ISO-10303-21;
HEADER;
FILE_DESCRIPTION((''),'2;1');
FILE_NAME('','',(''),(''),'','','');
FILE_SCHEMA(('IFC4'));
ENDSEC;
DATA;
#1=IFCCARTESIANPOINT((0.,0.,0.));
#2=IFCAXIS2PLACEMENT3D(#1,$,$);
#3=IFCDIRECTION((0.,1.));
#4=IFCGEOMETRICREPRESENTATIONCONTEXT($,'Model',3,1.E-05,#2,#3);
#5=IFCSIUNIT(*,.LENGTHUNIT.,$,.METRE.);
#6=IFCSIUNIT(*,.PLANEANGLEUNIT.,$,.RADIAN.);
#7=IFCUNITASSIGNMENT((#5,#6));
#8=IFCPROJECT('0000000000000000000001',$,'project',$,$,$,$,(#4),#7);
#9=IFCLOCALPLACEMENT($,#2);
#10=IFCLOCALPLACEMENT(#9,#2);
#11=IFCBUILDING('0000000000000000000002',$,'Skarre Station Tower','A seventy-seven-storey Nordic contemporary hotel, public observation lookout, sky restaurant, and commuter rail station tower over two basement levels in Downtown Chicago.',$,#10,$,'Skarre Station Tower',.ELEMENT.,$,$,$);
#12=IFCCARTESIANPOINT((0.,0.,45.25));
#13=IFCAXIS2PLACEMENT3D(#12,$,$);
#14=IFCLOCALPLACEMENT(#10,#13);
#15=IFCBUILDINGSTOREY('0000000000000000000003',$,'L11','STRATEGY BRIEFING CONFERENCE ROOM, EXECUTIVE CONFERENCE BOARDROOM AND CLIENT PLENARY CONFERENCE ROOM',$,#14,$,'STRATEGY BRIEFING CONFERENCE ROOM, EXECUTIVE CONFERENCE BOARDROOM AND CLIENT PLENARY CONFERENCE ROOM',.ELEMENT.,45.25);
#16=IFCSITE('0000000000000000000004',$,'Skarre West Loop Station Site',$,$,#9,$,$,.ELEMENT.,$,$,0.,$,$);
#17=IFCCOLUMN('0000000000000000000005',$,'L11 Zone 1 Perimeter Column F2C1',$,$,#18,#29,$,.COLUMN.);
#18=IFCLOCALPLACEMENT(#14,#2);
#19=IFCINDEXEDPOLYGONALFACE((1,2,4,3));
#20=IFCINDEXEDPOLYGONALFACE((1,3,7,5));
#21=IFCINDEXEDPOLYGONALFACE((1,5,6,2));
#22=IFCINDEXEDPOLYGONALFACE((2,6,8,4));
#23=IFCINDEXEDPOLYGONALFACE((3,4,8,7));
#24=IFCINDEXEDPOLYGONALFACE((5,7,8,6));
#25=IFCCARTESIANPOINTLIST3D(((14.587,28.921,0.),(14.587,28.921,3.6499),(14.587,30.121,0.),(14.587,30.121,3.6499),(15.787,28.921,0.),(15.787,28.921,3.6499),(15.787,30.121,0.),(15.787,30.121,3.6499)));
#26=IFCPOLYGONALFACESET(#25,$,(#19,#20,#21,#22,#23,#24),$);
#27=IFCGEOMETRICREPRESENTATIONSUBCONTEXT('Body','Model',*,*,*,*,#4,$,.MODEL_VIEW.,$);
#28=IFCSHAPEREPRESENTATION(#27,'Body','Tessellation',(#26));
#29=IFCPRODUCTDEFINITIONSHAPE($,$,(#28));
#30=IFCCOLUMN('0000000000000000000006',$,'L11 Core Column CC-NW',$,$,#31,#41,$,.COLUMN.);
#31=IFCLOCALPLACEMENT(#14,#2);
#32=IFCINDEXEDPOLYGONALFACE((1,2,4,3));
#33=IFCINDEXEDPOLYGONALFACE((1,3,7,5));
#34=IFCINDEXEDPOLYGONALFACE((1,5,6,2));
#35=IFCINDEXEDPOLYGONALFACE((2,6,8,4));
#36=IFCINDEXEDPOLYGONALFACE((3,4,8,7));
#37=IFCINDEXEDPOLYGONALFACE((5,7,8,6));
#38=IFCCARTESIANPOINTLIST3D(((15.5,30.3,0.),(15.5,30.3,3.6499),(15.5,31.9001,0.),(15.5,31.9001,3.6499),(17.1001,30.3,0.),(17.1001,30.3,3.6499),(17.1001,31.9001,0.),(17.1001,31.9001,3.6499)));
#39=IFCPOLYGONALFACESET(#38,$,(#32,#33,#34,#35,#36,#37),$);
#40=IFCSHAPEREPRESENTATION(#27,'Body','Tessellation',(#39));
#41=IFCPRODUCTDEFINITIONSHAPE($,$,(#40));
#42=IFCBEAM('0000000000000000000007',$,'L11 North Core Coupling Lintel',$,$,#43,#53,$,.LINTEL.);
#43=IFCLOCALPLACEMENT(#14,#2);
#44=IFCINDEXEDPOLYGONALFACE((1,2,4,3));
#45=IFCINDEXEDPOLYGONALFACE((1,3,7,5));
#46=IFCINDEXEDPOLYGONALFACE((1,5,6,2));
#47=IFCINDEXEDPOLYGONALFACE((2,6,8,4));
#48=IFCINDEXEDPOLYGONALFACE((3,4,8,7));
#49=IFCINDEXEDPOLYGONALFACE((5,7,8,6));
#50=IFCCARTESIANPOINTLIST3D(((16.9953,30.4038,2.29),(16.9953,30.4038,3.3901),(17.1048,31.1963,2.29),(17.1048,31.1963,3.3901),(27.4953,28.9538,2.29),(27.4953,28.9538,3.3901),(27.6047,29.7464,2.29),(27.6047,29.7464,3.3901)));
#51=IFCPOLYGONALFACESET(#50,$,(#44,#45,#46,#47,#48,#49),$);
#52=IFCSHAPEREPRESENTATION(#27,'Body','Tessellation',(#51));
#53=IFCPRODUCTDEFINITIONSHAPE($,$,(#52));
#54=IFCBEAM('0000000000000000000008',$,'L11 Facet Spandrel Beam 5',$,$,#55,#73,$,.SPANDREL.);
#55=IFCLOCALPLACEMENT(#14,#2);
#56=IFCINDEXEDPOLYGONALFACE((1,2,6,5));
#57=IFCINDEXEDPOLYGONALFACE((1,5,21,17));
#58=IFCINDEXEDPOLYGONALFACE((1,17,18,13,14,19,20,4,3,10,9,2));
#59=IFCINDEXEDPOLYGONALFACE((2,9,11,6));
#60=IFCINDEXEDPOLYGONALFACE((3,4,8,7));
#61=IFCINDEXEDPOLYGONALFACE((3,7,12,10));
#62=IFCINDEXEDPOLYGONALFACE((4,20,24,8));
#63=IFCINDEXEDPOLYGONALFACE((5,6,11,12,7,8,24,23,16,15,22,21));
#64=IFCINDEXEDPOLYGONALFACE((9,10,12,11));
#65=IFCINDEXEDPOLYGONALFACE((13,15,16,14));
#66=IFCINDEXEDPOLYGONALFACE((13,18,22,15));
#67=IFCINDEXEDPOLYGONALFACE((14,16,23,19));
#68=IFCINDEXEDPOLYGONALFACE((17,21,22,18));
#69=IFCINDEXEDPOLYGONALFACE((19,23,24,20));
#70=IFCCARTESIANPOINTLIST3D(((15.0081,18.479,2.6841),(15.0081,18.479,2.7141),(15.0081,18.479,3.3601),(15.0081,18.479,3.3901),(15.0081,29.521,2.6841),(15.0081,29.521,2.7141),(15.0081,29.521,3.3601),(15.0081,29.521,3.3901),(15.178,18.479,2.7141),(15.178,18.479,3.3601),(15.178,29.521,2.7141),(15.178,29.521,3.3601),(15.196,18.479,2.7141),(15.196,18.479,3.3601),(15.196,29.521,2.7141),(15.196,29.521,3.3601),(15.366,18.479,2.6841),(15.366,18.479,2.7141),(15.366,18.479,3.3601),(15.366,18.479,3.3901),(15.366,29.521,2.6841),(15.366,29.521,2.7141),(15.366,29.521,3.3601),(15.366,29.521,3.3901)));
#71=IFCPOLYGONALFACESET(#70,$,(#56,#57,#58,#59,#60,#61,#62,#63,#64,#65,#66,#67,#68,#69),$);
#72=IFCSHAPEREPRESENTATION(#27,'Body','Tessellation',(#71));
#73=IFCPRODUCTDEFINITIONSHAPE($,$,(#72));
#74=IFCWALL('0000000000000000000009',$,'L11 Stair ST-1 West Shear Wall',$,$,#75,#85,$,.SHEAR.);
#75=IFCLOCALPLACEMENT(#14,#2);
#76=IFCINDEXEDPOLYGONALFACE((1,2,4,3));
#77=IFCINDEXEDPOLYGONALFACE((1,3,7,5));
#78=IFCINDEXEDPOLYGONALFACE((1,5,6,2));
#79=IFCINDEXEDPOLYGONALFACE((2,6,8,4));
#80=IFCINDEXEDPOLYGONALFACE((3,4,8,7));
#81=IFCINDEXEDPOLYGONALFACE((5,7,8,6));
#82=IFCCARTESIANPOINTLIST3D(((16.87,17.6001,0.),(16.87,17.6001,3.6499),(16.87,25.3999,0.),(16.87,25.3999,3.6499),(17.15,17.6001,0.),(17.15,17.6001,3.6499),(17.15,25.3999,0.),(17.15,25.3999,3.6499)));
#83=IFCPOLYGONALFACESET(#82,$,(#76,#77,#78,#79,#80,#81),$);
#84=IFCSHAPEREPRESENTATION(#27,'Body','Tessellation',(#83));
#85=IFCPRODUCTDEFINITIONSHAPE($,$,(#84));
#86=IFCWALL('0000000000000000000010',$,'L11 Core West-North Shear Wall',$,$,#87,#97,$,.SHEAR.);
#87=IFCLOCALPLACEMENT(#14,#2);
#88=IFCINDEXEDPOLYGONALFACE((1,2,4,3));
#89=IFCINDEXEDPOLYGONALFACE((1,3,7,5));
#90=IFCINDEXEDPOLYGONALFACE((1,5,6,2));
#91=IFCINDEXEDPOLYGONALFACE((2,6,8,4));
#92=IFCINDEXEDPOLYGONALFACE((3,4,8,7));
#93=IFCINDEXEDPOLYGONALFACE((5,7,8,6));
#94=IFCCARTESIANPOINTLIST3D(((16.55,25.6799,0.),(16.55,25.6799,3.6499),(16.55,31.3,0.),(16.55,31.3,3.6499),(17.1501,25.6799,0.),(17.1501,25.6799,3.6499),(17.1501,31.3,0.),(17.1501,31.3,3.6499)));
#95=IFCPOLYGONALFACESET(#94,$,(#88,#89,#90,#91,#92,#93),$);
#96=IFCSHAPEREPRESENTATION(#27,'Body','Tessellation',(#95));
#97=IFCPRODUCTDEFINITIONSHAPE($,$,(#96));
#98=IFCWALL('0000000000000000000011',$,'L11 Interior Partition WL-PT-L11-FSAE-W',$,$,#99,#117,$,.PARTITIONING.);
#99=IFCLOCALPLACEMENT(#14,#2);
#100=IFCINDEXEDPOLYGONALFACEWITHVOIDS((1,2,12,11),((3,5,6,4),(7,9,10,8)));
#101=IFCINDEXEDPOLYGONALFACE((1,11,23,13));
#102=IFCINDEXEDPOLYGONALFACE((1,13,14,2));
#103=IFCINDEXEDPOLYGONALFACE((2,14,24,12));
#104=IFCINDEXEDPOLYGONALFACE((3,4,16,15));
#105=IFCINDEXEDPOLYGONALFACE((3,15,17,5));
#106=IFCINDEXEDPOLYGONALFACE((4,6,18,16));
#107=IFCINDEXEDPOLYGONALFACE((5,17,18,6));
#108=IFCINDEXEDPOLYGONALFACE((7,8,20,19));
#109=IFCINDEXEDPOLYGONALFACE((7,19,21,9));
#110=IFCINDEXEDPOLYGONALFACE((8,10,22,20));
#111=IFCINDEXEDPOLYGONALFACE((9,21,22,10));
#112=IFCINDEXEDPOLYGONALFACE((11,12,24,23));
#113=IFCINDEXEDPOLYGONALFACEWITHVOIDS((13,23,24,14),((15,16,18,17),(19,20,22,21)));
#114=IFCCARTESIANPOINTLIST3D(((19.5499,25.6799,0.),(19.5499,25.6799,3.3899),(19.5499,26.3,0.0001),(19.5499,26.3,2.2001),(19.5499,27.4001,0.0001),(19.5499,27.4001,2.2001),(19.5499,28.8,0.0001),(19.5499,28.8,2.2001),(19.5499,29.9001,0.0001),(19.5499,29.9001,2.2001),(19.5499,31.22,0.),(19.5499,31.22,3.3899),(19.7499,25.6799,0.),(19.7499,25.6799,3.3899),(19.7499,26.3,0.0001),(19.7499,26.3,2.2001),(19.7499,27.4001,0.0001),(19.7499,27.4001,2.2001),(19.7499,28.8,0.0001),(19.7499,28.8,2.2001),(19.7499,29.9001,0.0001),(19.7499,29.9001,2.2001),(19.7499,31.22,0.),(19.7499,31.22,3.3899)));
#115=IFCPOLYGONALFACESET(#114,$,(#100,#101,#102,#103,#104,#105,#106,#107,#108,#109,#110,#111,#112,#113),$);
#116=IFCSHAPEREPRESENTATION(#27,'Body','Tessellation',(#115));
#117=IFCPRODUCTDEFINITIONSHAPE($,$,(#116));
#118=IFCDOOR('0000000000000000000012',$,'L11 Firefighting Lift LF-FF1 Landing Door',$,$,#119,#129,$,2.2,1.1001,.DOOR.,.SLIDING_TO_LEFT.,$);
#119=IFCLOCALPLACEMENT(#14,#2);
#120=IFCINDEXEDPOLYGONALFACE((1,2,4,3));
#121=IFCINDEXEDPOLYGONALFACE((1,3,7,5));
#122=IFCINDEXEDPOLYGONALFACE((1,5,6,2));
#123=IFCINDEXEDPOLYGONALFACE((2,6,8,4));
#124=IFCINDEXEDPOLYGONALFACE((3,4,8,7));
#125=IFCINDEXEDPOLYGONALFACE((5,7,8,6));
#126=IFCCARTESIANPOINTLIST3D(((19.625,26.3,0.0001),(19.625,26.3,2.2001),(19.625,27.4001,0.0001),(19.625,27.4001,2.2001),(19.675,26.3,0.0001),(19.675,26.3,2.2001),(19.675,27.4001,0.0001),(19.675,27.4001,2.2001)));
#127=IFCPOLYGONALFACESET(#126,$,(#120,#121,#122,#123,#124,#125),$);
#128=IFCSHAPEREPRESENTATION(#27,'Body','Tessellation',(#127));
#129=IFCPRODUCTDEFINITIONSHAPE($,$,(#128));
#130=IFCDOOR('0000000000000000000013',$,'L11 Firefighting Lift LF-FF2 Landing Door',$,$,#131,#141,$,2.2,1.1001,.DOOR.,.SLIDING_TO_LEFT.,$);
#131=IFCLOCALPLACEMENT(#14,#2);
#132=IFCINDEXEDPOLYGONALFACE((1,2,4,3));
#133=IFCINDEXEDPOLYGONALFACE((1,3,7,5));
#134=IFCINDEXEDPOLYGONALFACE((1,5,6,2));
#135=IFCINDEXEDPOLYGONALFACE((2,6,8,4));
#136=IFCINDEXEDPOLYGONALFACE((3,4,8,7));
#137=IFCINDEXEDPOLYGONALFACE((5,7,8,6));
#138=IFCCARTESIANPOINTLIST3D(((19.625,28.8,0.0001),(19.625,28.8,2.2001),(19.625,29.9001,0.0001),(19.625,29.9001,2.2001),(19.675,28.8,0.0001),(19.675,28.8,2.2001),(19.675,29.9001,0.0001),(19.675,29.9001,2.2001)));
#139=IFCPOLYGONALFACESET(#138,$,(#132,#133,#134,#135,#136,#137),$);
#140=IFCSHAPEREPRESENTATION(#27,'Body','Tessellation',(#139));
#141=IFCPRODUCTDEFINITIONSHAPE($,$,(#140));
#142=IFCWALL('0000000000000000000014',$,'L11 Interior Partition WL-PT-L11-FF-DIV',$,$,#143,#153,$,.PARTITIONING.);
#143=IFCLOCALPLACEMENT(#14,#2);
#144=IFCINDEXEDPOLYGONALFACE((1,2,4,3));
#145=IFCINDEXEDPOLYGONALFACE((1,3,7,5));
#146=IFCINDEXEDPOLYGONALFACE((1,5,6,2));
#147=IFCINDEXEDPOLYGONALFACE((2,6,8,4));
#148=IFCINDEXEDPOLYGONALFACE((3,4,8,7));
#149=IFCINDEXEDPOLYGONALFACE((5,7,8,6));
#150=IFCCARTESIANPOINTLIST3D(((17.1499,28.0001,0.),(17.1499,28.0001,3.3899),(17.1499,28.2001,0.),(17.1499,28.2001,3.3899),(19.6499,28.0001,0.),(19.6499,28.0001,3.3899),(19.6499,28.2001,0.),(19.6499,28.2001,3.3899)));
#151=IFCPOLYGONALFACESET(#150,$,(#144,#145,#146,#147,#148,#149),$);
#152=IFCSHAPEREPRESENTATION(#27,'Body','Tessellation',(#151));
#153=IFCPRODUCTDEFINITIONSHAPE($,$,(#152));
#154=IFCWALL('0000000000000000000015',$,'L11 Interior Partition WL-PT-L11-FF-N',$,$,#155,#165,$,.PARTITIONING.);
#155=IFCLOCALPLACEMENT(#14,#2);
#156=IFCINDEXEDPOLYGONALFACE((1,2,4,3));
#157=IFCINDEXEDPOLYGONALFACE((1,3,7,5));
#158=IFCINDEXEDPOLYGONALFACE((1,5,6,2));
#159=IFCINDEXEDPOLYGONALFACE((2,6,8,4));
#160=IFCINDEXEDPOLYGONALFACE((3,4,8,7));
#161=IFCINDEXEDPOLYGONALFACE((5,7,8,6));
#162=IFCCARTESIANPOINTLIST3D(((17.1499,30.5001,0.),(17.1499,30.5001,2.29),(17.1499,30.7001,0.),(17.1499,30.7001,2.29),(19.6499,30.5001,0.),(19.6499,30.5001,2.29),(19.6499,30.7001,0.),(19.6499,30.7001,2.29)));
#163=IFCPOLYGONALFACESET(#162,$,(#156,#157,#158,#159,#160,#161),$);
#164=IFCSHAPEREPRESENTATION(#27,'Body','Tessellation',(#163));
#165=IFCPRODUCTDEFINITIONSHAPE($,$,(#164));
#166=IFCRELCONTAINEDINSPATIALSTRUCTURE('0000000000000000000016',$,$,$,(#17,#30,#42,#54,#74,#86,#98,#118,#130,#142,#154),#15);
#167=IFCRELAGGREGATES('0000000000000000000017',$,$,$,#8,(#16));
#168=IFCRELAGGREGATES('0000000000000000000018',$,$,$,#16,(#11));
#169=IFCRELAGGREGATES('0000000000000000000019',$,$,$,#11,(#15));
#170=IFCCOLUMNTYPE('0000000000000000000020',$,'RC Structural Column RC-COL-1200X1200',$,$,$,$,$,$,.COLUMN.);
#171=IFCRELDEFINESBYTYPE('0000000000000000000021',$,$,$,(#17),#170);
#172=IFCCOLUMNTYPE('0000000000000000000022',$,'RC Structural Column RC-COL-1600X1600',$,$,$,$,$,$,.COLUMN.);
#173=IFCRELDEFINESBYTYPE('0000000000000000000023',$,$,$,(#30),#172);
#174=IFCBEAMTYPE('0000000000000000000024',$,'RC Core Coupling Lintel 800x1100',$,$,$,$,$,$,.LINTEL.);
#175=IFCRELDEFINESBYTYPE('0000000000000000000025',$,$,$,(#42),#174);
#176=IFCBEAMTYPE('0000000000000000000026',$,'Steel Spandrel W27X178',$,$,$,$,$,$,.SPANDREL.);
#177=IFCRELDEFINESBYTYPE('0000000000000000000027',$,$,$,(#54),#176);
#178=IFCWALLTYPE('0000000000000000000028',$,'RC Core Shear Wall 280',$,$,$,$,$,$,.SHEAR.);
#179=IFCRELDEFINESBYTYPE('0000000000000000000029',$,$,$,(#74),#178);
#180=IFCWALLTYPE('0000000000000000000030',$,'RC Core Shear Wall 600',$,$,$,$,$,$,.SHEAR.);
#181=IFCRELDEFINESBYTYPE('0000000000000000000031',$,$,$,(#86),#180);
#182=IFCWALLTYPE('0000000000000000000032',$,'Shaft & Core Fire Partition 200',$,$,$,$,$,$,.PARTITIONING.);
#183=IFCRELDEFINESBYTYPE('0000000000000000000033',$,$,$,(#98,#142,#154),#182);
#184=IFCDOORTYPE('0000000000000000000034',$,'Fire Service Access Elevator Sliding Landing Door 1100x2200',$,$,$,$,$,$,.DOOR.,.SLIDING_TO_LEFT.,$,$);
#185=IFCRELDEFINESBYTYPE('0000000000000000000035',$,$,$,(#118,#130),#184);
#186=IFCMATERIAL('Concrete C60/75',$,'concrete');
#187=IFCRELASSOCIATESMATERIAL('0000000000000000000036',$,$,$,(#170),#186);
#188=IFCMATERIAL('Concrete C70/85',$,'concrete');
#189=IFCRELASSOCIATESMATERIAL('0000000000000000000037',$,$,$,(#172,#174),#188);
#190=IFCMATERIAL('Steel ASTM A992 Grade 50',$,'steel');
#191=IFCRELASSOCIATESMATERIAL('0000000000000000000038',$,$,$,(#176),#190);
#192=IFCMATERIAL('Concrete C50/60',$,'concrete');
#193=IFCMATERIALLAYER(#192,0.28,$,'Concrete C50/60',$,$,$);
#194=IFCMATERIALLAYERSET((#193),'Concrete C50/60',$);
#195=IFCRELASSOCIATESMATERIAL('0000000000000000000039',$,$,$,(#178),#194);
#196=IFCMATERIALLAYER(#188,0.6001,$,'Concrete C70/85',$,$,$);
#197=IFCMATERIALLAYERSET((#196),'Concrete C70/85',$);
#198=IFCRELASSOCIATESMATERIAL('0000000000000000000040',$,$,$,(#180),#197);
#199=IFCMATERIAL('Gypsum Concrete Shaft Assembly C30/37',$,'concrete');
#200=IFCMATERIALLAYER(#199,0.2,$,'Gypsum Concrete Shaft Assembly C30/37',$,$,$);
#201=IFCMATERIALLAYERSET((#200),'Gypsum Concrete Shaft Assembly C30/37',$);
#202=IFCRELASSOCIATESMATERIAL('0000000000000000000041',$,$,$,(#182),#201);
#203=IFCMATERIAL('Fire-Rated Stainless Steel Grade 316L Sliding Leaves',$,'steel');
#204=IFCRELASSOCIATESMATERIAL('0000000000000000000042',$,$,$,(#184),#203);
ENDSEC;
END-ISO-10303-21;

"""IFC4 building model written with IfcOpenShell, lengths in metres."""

from ifc_helpers import new_model, si_unit, direction, frame, frame_2d, origin, origin_2d, place, context, subcontext, project, spatial, rectangle, i_section, extrude, material, layer, layer_set, material_profile, profile_set, type_object, element, fill, save


model = new_model("IFC4")

# Units and contexts
model_context = context("Model", 3, precision=1e-05, world=origin(), true_north=direction((0.0, 1.0)))
body_context = subcontext(model_context, "Body", "Model", "MODEL_VIEW")
ifc_project = project(units=[si_unit("LENGTHUNIT", "METRE"), si_unit("PLANEANGLEUNIT", "RADIAN")], contexts=[model_context])

# Site, building, storey
site_placement = place(None, origin())
site = spatial("IfcSite", under=ifc_project, at=site_placement, Name="Skarre West Loop Station Site", CompositionType="ELEMENT", RefElevation=0.0)
building_placement = place(site_placement, origin())
building = spatial("IfcBuilding", under=site, at=building_placement, Name="Skarre Station Tower", Description="A seventy-seven-storey Nordic contemporary hotel, public observation lookout, sky restaurant, and commuter rail station tower over two basement levels in Downtown Chicago.", LongName="Skarre Station Tower", CompositionType="ELEMENT")
storey_placement = place(building_placement, frame((0.0, 0.0, 45.25)))
storey = spatial("IfcBuildingStorey", under=building, at=storey_placement, Name="L11", Description="STRATEGY BRIEFING CONFERENCE ROOM, EXECUTIVE CONFERENCE BOARDROOM AND CLIENT PLENARY CONFERENCE ROOM", LongName="STRATEGY BRIEFING CONFERENCE ROOM, EXECUTIVE CONFERENCE BOARDROOM AND CLIENT PLENARY CONFERENCE ROOM", CompositionType="ELEMENT", Elevation=45.25)

# Columns
ifc_material_1 = material(Name="Concrete C60/75", Category="concrete")
ifc_material_profile_1 = material_profile(ifc_material_1, rectangle(XDim=1.2, YDim=1.2, at=origin_2d()), Name="Concrete C60/75")
ifc_profile_set_1 = profile_set([ifc_material_profile_1], Name="Concrete C60/75")
column_type_1 = type_object("IfcColumnType", Name="RC Structural Column RC-COL-1200X1200", PredefinedType="COLUMN", material=ifc_profile_set_1)
column_1_placement = place(storey_placement, frame((15.187, 29.521, 0.0), z_axis=(0.0, 0.0, 1.0), x_axis=(1.0, 0.0, 0.0)))
element("IfcColumn", 1, at=column_1_placement, inside=storey, type_object=column_type_1, Name="L11 Zone 1 Perimeter Column F2C1", PredefinedType="COLUMN", context=body_context, shape_type="SweptSolid", body=[
    extrude(rectangle(XDim=1.2, YDim=1.2, at=origin_2d()), origin(), (0.0, 0.0, 1.0), 3.6499),
])
ifc_material_2 = material(Name="Concrete C70/85", Category="concrete")
ifc_material_profile_2 = material_profile(ifc_material_2, rectangle(XDim=1.6001, YDim=1.6001, at=origin_2d()), Name="Concrete C70/85")
ifc_profile_set_2 = profile_set([ifc_material_profile_2], Name="Concrete C70/85")
column_type_2 = type_object("IfcColumnType", Name="RC Structural Column RC-COL-1600X1600", PredefinedType="COLUMN", material=ifc_profile_set_2)
column_2_placement = place(storey_placement, frame((16.3, 31.1001, 0.0), z_axis=(0.0, 0.0, 1.0), x_axis=(1.0, 0.0, 0.0)))
element("IfcColumn", 2, at=column_2_placement, inside=storey, type_object=column_type_2, Name="L11 Core Column CC-NW", PredefinedType="COLUMN", context=body_context, shape_type="SweptSolid", body=[
    extrude(rectangle(XDim=1.6001, YDim=1.6001, at=origin_2d()), origin(), (0.0, 0.0, 1.0), 3.6499),
])

# Beams
ifc_material_profile_3 = material_profile(ifc_material_2, rectangle(XDim=0.8, YDim=1.1001, at=origin_2d()), Name="Concrete C70/85")
ifc_profile_set_3 = profile_set([ifc_material_profile_3], Name="Concrete C70/85")
beam_type_1 = type_object("IfcBeamType", Name="RC Core Coupling Lintel 800x1100", PredefinedType="LINTEL", material=ifc_profile_set_3)
beam_1_placement = place(storey_placement, frame((17.05, 30.8, 2.8401), z_axis=(0.9906, -0.136792, 0.0), x_axis=(0.136792, 0.9906, 0.0)))
element("IfcBeam", 3, at=beam_1_placement, inside=storey, type_object=beam_type_1, Name="L11 North Core Coupling Lintel", PredefinedType="LINTEL", context=body_context, shape_type="SweptSolid", body=[
    extrude(rectangle(XDim=0.8, YDim=1.1001, at=origin_2d()), origin(), (0.0, 0.0, 1.0), 10.5996),
])
ifc_material_3 = material(Name="Steel ASTM A992 Grade 50", Category="steel")
ifc_material_profile_4 = material_profile(ifc_material_3, i_section(OverallWidth=0.3579, OverallDepth=0.7061, WebThickness=0.0181, FlangeThickness=0.03, at=origin_2d()), Name="Steel ASTM A992 Grade 50")
ifc_profile_set_4 = profile_set([ifc_material_profile_4], Name="Steel ASTM A992 Grade 50")
beam_type_2 = type_object("IfcBeamType", Name="Steel Spandrel W27X178", PredefinedType="SPANDREL", material=ifc_profile_set_4)
beam_2_placement = place(storey_placement, frame((15.187, 29.521, 3.0371), z_axis=(0.0, -1.0, 0.0), x_axis=(1.0, 0.0, 0.0)))
element("IfcBeam", 4, at=beam_2_placement, inside=storey, type_object=beam_type_2, Name="L11 Facet Spandrel Beam 5", PredefinedType="SPANDREL", context=body_context, shape_type="SweptSolid", body=[
    extrude(i_section(OverallWidth=0.3579, OverallDepth=0.7061, WebThickness=0.0181, FlangeThickness=0.03, at=origin_2d()), origin(), (0.0, 0.0, 1.0), 11.042),
])

# Walls
ifc_material_4 = material(Name="Concrete C50/60", Category="concrete")
ifc_layer_1 = layer(ifc_material_4, 0.28, Name="Concrete C50/60")
ifc_layer_set_1 = layer_set([ifc_layer_1], Name="Concrete C50/60")
wall_type_1 = type_object("IfcWallType", Name="RC Core Shear Wall 280", PredefinedType="SHEAR", material=ifc_layer_set_1)
wall_1_placement = place(storey_placement, frame((17.01, 25.3999, 0.0), z_axis=(0.0, 0.0, 1.0), x_axis=(0.0, -1.0, 0.0)))
element("IfcWall", 5, at=wall_1_placement, inside=storey, type_object=wall_type_1, Name="L11 Stair ST-1 West Shear Wall", PredefinedType="SHEAR", context=body_context, shape_type="SweptSolid", body=[
    extrude(rectangle(XDim=7.7998, YDim=0.28, at=frame_2d((3.8999, 0.0))), origin(), (0.0, 0.0, 1.0), 3.6499),
])
ifc_layer_2 = layer(ifc_material_2, 0.6001, Name="Concrete C70/85")
ifc_layer_set_2 = layer_set([ifc_layer_2], Name="Concrete C70/85")
wall_type_2 = type_object("IfcWallType", Name="RC Core Shear Wall 600", PredefinedType="SHEAR", material=ifc_layer_set_2)
wall_2_placement = place(storey_placement, frame((16.8501, 25.6799, 0.0), z_axis=(0.0, 0.0, 1.0), x_axis=(0.0, 1.0, 0.0)))
element("IfcWall", 6, at=wall_2_placement, inside=storey, type_object=wall_type_2, Name="L11 Core West-North Shear Wall", PredefinedType="SHEAR", context=body_context, shape_type="SweptSolid", body=[
    extrude(rectangle(XDim=5.6201, YDim=0.6001, at=frame_2d((2.8101, 0.0))), origin(), (0.0, 0.0, 1.0), 3.6499),
])

# Wall, openings, doors
ifc_material_5 = material(Name="Gypsum Concrete Shaft Assembly C30/37", Category="concrete")
ifc_layer_3 = layer(ifc_material_5, 0.2, Name="Gypsum Concrete Shaft Assembly C30/37")
ifc_layer_set_3 = layer_set([ifc_layer_3], Name="Gypsum Concrete Shaft Assembly C30/37")
wall_type_3 = type_object("IfcWallType", Name="Shaft & Core Fire Partition 200", PredefinedType="PARTITIONING", material=ifc_layer_set_3)
wall_3_placement = place(storey_placement, frame((19.6499, 25.6799, 0.0), z_axis=(0.0, 0.0, 1.0), x_axis=(0.0, 1.0, 0.0)))
wall_3 = element("IfcWall", 7, at=wall_3_placement, inside=storey, type_object=wall_type_3, Name="L11 Interior Partition WL-PT-L11-FSAE-W", PredefinedType="PARTITIONING", context=body_context, shape_type="SweptSolid", body=[
    extrude(rectangle(XDim=5.54, YDim=0.2, at=frame_2d((2.77, 0.0))), origin(), (0.0, 0.0, 1.0), 3.3899),
])
opening_1_placement = place(wall_3_placement, frame((0.6201, 0.0, 0.0)))
opening_1 = element("IfcOpeningElement", 8, at=opening_1_placement, cuts=wall_3, PredefinedType="OPENING", context=body_context, shape_type="SweptSolid", body=[
    extrude(rectangle(XDim=1.1001, YDim=2.2, at=frame_2d((0.55, 1.1001))), frame((0.0, 0.1099, 0.0), z_axis=(0.0, -1.0, 0.0), x_axis=(1.0, 0.0, 0.0)), (0.0, 0.0, 1.0), 0.22),
])
opening_2_placement = place(wall_3_placement, frame((3.1201, 0.0, 0.0)))
opening_2 = element("IfcOpeningElement", 9, at=opening_2_placement, cuts=wall_3, PredefinedType="OPENING", context=body_context, shape_type="SweptSolid", body=[
    extrude(rectangle(XDim=1.1001, YDim=2.2, at=frame_2d((0.55, 1.1001))), frame((0.0, 0.1099, 0.0), z_axis=(0.0, -1.0, 0.0), x_axis=(1.0, 0.0, 0.0)), (0.0, 0.0, 1.0), 0.22),
])
ifc_material_6 = material(Name="Fire-Rated Stainless Steel Grade 316L Sliding Leaves", Category="steel")
door_type = type_object("IfcDoorType", Name="Fire Service Access Elevator Sliding Landing Door 1100x2200", OperationType="SLIDING_TO_LEFT", PredefinedType="DOOR", material=ifc_material_6)
door_1_placement = place(opening_1_placement, origin())
door_1 = element("IfcDoor", 10, at=door_1_placement, inside=storey, type_object=door_type, Name="L11 Firefighting Lift LF-FF1 Landing Door", OperationType="SLIDING_TO_LEFT", OverallHeight=2.2, OverallWidth=1.1001, PredefinedType="DOOR", context=body_context, shape_type="SweptSolid", body=[
    extrude(rectangle(XDim=1.1001, YDim=2.2, at=frame_2d((0.55, 1.1001))), frame((0.0, 0.0249, 0.0), z_axis=(0.0, -1.0, 0.0), x_axis=(1.0, 0.0, 0.0)), (0.0, 0.0, 1.0), 0.05),
])
fill(opening_1, door_1)
door_2_placement = place(opening_2_placement, origin())
door_2 = element("IfcDoor", 11, at=door_2_placement, inside=storey, type_object=door_type, Name="L11 Firefighting Lift LF-FF2 Landing Door", OperationType="SLIDING_TO_LEFT", OverallHeight=2.2, OverallWidth=1.1001, PredefinedType="DOOR", context=body_context, shape_type="SweptSolid", body=[
    extrude(rectangle(XDim=1.1001, YDim=2.2, at=frame_2d((0.55, 1.1001))), frame((0.0, 0.0249, 0.0), z_axis=(0.0, -1.0, 0.0), x_axis=(1.0, 0.0, 0.0)), (0.0, 0.0, 1.0), 0.05),
])
fill(opening_2, door_2)

# Walls
wall_4_placement = place(storey_placement, frame((17.1499, 28.1001, 0.0), z_axis=(0.0, 0.0, 1.0), x_axis=(1.0, 0.0, 0.0)))
element("IfcWall", 12, at=wall_4_placement, inside=storey, type_object=wall_type_3, Name="L11 Interior Partition WL-PT-L11-FF-DIV", PredefinedType="PARTITIONING", context=body_context, shape_type="SweptSolid", body=[
    extrude(rectangle(XDim=2.5, YDim=0.2, at=frame_2d((1.25, 0.0))), origin(), (0.0, 0.0, 1.0), 3.3899),
])
wall_5_placement = place(storey_placement, frame((19.6499, 30.6001, 0.0), z_axis=(0.0, 0.0, 1.0), x_axis=(-1.0, 0.0, 0.0)))
element("IfcWall", 13, at=wall_5_placement, inside=storey, type_object=wall_type_3, Name="L11 Interior Partition WL-PT-L11-FF-N", PredefinedType="PARTITIONING", context=body_context, shape_type="SweptSolid", body=[
    extrude(rectangle(XDim=2.5, YDim=0.2, at=frame_2d((1.25, 0.0))), origin(), (0.0, 0.0, 1.0), 2.29),
])

save(model, "model.ifc")
